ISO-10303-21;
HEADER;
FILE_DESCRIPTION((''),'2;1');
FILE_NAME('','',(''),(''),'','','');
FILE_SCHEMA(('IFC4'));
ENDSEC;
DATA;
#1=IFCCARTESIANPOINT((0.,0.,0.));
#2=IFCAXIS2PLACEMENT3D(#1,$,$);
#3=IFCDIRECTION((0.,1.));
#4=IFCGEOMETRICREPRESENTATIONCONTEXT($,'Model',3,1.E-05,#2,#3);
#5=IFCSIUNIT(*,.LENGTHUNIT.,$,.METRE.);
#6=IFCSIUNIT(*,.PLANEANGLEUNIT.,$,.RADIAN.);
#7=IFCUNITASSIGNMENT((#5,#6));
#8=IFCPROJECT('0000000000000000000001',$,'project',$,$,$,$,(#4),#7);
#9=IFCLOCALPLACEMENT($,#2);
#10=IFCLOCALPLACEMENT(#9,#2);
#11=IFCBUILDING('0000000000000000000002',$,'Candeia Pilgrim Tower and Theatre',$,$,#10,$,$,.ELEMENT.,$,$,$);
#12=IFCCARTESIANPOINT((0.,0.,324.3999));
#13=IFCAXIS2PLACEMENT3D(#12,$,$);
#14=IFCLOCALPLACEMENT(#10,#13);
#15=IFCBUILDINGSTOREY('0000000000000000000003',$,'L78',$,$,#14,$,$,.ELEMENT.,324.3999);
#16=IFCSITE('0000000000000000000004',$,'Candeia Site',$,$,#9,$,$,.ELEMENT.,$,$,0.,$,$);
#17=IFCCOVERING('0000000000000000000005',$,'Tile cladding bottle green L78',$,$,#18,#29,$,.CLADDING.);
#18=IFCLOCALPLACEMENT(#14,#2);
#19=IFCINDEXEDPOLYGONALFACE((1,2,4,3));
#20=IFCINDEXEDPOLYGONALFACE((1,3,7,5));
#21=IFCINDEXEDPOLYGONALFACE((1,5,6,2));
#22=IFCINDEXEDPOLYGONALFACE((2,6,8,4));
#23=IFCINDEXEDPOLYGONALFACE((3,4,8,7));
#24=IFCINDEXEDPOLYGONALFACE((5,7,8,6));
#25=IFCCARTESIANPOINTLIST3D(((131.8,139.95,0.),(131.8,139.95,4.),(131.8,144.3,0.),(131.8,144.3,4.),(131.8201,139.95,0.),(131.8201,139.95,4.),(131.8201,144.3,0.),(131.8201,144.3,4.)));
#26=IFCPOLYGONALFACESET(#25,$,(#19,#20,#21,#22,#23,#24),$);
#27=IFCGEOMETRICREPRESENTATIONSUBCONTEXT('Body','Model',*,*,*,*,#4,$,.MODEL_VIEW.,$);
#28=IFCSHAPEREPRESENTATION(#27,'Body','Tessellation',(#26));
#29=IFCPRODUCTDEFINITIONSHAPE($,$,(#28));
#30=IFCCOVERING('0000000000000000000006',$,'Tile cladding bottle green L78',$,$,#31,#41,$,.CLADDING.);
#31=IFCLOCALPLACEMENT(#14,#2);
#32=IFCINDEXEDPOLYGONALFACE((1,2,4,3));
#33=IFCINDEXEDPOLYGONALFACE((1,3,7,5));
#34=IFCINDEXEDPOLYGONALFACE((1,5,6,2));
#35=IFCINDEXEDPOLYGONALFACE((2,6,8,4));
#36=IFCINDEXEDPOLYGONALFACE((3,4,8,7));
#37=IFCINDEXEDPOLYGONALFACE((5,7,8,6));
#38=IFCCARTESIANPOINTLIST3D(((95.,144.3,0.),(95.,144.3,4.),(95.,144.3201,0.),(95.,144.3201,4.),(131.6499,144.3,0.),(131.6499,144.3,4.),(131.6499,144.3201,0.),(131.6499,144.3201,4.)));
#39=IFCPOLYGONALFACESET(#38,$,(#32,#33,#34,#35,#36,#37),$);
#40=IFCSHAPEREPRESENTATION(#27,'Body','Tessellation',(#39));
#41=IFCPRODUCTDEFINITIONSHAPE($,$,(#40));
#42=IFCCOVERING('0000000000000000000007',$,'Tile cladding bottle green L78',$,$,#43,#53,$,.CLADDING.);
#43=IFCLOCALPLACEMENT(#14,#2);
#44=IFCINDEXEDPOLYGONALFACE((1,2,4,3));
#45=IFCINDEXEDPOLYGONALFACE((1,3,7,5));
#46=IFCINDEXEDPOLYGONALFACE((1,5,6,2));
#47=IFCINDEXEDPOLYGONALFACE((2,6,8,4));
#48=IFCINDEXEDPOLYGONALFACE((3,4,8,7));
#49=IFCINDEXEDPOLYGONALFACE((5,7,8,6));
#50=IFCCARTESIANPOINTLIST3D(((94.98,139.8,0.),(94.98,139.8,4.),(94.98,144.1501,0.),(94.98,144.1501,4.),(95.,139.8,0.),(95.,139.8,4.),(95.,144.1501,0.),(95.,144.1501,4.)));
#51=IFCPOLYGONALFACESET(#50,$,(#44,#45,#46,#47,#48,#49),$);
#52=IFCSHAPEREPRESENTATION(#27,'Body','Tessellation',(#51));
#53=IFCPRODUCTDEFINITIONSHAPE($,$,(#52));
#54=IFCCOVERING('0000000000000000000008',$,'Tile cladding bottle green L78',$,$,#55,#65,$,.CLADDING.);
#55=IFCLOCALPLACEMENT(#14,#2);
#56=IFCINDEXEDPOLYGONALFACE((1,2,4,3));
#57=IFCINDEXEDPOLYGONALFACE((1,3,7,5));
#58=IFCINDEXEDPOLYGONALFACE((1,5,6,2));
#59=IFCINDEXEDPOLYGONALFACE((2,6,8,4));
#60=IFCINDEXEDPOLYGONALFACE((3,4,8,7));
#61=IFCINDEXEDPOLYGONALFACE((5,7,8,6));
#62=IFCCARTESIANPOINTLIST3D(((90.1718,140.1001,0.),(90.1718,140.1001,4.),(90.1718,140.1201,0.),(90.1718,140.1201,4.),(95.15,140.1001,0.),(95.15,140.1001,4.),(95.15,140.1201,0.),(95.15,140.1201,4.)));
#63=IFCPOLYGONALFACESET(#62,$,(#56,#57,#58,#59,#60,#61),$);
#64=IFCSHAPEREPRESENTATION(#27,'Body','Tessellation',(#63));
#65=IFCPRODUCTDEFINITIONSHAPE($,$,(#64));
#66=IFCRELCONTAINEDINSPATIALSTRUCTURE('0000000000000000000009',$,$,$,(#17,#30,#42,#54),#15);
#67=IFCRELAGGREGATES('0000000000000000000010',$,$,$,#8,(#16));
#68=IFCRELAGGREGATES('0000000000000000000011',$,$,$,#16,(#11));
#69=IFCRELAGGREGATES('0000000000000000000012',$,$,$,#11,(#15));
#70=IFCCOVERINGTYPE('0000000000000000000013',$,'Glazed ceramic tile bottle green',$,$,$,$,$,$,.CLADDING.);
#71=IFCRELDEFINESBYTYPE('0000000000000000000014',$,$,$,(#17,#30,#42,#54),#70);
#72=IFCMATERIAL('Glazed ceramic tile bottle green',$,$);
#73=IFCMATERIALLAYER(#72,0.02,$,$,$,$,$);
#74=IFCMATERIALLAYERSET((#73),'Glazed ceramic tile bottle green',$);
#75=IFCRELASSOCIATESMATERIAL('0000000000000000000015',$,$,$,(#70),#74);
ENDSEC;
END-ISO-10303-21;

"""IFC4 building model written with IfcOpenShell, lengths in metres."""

from ifc_helpers import new_model, si_unit, direction, frame, origin, origin_2d, place, context, subcontext, project, spatial, rectangle, extrude, material, layer, layer_set, type_object, element, save


model = new_model("IFC4")

# Units and contexts
model_context = context("Model", 3, precision=1e-05, world=origin(), true_north=direction((0.0, 1.0)))
body_context = subcontext(model_context, "Body", "Model", "MODEL_VIEW")
ifc_project = project(units=[si_unit("LENGTHUNIT", "METRE"), si_unit("PLANEANGLEUNIT", "RADIAN")], contexts=[model_context])

# Site, building, storey
site_placement = place(None, origin())
site = spatial("IfcSite", under=ifc_project, at=site_placement, Name="Candeia Site", CompositionType="ELEMENT", RefElevation=0.0)
building_placement = place(site_placement, origin())
building = spatial("IfcBuilding", under=site, at=building_placement, Name="Candeia Pilgrim Tower and Theatre", CompositionType="ELEMENT")
storey_placement = place(building_placement, frame((0.0, 0.0, 324.3999)))
storey = spatial("IfcBuildingStorey", under=building, at=storey_placement, Name="L78", CompositionType="ELEMENT", Elevation=324.3999)

# Coverings
ifc_material_1 = material(Name="Glazed ceramic tile bottle green")
ifc_layer_1 = layer(ifc_material_1, 0.02)
ifc_layer_set_1 = layer_set([ifc_layer_1], Name="Glazed ceramic tile bottle green")
covering_type = type_object("IfcCoveringType", Name="Glazed ceramic tile bottle green", PredefinedType="CLADDING", material=ifc_layer_set_1)
covering_1_placement = place(storey_placement, frame((131.8101, 142.125, 0.0), z_axis=(0.0, 0.0, 1.0), x_axis=(0.0, 1.0, 0.0)))
element("IfcCovering", 1, at=covering_1_placement, inside=storey, type_object=covering_type, Name="Tile cladding bottle green L78", PredefinedType="CLADDING", context=body_context, shape_type="SweptSolid", body=[
    extrude(rectangle(XDim=4.3501, YDim=0.02, at=origin_2d()), origin(), (0.0, 0.0, 1.0), 4.0),
])
covering_2_placement = place(storey_placement, frame((113.325, 144.3101, 0.0), z_axis=(0.0, 0.0, 1.0), x_axis=(-1.0, 0.0, 0.0)))
element("IfcCovering", 2, at=covering_2_placement, inside=storey, type_object=covering_type, Name="Tile cladding bottle green L78", PredefinedType="CLADDING", context=body_context, shape_type="SweptSolid", body=[
    extrude(rectangle(XDim=36.6499, YDim=0.02, at=origin_2d()), origin(), (0.0, 0.0, 1.0), 4.0),
])
covering_3_placement = place(storey_placement, frame((94.99, 141.9751, 0.0), z_axis=(0.0, 0.0, 1.0), x_axis=(0.0, -1.0, 0.0)))
element("IfcCovering", 3, at=covering_3_placement, inside=storey, type_object=covering_type, Name="Tile cladding bottle green L78", PredefinedType="CLADDING", context=body_context, shape_type="SweptSolid", body=[
    extrude(rectangle(XDim=4.3501, YDim=0.02, at=origin_2d()), origin(), (0.0, 0.0, 1.0), 4.0),
])
covering_4_placement = place(storey_placement, frame((92.6609, 140.1101, 0.0), z_axis=(0.0, 0.0, 1.0), x_axis=(-1.0, 0.0, 0.0)))
element("IfcCovering", 4, at=covering_4_placement, inside=storey, type_object=covering_type, Name="Tile cladding bottle green L78", PredefinedType="CLADDING", context=body_context, shape_type="SweptSolid", body=[
    extrude(rectangle(XDim=4.9783, YDim=0.02, at=origin_2d()), origin(), (0.0, 0.0, 1.0), 4.0),
])

save(model, "model.ifc")
